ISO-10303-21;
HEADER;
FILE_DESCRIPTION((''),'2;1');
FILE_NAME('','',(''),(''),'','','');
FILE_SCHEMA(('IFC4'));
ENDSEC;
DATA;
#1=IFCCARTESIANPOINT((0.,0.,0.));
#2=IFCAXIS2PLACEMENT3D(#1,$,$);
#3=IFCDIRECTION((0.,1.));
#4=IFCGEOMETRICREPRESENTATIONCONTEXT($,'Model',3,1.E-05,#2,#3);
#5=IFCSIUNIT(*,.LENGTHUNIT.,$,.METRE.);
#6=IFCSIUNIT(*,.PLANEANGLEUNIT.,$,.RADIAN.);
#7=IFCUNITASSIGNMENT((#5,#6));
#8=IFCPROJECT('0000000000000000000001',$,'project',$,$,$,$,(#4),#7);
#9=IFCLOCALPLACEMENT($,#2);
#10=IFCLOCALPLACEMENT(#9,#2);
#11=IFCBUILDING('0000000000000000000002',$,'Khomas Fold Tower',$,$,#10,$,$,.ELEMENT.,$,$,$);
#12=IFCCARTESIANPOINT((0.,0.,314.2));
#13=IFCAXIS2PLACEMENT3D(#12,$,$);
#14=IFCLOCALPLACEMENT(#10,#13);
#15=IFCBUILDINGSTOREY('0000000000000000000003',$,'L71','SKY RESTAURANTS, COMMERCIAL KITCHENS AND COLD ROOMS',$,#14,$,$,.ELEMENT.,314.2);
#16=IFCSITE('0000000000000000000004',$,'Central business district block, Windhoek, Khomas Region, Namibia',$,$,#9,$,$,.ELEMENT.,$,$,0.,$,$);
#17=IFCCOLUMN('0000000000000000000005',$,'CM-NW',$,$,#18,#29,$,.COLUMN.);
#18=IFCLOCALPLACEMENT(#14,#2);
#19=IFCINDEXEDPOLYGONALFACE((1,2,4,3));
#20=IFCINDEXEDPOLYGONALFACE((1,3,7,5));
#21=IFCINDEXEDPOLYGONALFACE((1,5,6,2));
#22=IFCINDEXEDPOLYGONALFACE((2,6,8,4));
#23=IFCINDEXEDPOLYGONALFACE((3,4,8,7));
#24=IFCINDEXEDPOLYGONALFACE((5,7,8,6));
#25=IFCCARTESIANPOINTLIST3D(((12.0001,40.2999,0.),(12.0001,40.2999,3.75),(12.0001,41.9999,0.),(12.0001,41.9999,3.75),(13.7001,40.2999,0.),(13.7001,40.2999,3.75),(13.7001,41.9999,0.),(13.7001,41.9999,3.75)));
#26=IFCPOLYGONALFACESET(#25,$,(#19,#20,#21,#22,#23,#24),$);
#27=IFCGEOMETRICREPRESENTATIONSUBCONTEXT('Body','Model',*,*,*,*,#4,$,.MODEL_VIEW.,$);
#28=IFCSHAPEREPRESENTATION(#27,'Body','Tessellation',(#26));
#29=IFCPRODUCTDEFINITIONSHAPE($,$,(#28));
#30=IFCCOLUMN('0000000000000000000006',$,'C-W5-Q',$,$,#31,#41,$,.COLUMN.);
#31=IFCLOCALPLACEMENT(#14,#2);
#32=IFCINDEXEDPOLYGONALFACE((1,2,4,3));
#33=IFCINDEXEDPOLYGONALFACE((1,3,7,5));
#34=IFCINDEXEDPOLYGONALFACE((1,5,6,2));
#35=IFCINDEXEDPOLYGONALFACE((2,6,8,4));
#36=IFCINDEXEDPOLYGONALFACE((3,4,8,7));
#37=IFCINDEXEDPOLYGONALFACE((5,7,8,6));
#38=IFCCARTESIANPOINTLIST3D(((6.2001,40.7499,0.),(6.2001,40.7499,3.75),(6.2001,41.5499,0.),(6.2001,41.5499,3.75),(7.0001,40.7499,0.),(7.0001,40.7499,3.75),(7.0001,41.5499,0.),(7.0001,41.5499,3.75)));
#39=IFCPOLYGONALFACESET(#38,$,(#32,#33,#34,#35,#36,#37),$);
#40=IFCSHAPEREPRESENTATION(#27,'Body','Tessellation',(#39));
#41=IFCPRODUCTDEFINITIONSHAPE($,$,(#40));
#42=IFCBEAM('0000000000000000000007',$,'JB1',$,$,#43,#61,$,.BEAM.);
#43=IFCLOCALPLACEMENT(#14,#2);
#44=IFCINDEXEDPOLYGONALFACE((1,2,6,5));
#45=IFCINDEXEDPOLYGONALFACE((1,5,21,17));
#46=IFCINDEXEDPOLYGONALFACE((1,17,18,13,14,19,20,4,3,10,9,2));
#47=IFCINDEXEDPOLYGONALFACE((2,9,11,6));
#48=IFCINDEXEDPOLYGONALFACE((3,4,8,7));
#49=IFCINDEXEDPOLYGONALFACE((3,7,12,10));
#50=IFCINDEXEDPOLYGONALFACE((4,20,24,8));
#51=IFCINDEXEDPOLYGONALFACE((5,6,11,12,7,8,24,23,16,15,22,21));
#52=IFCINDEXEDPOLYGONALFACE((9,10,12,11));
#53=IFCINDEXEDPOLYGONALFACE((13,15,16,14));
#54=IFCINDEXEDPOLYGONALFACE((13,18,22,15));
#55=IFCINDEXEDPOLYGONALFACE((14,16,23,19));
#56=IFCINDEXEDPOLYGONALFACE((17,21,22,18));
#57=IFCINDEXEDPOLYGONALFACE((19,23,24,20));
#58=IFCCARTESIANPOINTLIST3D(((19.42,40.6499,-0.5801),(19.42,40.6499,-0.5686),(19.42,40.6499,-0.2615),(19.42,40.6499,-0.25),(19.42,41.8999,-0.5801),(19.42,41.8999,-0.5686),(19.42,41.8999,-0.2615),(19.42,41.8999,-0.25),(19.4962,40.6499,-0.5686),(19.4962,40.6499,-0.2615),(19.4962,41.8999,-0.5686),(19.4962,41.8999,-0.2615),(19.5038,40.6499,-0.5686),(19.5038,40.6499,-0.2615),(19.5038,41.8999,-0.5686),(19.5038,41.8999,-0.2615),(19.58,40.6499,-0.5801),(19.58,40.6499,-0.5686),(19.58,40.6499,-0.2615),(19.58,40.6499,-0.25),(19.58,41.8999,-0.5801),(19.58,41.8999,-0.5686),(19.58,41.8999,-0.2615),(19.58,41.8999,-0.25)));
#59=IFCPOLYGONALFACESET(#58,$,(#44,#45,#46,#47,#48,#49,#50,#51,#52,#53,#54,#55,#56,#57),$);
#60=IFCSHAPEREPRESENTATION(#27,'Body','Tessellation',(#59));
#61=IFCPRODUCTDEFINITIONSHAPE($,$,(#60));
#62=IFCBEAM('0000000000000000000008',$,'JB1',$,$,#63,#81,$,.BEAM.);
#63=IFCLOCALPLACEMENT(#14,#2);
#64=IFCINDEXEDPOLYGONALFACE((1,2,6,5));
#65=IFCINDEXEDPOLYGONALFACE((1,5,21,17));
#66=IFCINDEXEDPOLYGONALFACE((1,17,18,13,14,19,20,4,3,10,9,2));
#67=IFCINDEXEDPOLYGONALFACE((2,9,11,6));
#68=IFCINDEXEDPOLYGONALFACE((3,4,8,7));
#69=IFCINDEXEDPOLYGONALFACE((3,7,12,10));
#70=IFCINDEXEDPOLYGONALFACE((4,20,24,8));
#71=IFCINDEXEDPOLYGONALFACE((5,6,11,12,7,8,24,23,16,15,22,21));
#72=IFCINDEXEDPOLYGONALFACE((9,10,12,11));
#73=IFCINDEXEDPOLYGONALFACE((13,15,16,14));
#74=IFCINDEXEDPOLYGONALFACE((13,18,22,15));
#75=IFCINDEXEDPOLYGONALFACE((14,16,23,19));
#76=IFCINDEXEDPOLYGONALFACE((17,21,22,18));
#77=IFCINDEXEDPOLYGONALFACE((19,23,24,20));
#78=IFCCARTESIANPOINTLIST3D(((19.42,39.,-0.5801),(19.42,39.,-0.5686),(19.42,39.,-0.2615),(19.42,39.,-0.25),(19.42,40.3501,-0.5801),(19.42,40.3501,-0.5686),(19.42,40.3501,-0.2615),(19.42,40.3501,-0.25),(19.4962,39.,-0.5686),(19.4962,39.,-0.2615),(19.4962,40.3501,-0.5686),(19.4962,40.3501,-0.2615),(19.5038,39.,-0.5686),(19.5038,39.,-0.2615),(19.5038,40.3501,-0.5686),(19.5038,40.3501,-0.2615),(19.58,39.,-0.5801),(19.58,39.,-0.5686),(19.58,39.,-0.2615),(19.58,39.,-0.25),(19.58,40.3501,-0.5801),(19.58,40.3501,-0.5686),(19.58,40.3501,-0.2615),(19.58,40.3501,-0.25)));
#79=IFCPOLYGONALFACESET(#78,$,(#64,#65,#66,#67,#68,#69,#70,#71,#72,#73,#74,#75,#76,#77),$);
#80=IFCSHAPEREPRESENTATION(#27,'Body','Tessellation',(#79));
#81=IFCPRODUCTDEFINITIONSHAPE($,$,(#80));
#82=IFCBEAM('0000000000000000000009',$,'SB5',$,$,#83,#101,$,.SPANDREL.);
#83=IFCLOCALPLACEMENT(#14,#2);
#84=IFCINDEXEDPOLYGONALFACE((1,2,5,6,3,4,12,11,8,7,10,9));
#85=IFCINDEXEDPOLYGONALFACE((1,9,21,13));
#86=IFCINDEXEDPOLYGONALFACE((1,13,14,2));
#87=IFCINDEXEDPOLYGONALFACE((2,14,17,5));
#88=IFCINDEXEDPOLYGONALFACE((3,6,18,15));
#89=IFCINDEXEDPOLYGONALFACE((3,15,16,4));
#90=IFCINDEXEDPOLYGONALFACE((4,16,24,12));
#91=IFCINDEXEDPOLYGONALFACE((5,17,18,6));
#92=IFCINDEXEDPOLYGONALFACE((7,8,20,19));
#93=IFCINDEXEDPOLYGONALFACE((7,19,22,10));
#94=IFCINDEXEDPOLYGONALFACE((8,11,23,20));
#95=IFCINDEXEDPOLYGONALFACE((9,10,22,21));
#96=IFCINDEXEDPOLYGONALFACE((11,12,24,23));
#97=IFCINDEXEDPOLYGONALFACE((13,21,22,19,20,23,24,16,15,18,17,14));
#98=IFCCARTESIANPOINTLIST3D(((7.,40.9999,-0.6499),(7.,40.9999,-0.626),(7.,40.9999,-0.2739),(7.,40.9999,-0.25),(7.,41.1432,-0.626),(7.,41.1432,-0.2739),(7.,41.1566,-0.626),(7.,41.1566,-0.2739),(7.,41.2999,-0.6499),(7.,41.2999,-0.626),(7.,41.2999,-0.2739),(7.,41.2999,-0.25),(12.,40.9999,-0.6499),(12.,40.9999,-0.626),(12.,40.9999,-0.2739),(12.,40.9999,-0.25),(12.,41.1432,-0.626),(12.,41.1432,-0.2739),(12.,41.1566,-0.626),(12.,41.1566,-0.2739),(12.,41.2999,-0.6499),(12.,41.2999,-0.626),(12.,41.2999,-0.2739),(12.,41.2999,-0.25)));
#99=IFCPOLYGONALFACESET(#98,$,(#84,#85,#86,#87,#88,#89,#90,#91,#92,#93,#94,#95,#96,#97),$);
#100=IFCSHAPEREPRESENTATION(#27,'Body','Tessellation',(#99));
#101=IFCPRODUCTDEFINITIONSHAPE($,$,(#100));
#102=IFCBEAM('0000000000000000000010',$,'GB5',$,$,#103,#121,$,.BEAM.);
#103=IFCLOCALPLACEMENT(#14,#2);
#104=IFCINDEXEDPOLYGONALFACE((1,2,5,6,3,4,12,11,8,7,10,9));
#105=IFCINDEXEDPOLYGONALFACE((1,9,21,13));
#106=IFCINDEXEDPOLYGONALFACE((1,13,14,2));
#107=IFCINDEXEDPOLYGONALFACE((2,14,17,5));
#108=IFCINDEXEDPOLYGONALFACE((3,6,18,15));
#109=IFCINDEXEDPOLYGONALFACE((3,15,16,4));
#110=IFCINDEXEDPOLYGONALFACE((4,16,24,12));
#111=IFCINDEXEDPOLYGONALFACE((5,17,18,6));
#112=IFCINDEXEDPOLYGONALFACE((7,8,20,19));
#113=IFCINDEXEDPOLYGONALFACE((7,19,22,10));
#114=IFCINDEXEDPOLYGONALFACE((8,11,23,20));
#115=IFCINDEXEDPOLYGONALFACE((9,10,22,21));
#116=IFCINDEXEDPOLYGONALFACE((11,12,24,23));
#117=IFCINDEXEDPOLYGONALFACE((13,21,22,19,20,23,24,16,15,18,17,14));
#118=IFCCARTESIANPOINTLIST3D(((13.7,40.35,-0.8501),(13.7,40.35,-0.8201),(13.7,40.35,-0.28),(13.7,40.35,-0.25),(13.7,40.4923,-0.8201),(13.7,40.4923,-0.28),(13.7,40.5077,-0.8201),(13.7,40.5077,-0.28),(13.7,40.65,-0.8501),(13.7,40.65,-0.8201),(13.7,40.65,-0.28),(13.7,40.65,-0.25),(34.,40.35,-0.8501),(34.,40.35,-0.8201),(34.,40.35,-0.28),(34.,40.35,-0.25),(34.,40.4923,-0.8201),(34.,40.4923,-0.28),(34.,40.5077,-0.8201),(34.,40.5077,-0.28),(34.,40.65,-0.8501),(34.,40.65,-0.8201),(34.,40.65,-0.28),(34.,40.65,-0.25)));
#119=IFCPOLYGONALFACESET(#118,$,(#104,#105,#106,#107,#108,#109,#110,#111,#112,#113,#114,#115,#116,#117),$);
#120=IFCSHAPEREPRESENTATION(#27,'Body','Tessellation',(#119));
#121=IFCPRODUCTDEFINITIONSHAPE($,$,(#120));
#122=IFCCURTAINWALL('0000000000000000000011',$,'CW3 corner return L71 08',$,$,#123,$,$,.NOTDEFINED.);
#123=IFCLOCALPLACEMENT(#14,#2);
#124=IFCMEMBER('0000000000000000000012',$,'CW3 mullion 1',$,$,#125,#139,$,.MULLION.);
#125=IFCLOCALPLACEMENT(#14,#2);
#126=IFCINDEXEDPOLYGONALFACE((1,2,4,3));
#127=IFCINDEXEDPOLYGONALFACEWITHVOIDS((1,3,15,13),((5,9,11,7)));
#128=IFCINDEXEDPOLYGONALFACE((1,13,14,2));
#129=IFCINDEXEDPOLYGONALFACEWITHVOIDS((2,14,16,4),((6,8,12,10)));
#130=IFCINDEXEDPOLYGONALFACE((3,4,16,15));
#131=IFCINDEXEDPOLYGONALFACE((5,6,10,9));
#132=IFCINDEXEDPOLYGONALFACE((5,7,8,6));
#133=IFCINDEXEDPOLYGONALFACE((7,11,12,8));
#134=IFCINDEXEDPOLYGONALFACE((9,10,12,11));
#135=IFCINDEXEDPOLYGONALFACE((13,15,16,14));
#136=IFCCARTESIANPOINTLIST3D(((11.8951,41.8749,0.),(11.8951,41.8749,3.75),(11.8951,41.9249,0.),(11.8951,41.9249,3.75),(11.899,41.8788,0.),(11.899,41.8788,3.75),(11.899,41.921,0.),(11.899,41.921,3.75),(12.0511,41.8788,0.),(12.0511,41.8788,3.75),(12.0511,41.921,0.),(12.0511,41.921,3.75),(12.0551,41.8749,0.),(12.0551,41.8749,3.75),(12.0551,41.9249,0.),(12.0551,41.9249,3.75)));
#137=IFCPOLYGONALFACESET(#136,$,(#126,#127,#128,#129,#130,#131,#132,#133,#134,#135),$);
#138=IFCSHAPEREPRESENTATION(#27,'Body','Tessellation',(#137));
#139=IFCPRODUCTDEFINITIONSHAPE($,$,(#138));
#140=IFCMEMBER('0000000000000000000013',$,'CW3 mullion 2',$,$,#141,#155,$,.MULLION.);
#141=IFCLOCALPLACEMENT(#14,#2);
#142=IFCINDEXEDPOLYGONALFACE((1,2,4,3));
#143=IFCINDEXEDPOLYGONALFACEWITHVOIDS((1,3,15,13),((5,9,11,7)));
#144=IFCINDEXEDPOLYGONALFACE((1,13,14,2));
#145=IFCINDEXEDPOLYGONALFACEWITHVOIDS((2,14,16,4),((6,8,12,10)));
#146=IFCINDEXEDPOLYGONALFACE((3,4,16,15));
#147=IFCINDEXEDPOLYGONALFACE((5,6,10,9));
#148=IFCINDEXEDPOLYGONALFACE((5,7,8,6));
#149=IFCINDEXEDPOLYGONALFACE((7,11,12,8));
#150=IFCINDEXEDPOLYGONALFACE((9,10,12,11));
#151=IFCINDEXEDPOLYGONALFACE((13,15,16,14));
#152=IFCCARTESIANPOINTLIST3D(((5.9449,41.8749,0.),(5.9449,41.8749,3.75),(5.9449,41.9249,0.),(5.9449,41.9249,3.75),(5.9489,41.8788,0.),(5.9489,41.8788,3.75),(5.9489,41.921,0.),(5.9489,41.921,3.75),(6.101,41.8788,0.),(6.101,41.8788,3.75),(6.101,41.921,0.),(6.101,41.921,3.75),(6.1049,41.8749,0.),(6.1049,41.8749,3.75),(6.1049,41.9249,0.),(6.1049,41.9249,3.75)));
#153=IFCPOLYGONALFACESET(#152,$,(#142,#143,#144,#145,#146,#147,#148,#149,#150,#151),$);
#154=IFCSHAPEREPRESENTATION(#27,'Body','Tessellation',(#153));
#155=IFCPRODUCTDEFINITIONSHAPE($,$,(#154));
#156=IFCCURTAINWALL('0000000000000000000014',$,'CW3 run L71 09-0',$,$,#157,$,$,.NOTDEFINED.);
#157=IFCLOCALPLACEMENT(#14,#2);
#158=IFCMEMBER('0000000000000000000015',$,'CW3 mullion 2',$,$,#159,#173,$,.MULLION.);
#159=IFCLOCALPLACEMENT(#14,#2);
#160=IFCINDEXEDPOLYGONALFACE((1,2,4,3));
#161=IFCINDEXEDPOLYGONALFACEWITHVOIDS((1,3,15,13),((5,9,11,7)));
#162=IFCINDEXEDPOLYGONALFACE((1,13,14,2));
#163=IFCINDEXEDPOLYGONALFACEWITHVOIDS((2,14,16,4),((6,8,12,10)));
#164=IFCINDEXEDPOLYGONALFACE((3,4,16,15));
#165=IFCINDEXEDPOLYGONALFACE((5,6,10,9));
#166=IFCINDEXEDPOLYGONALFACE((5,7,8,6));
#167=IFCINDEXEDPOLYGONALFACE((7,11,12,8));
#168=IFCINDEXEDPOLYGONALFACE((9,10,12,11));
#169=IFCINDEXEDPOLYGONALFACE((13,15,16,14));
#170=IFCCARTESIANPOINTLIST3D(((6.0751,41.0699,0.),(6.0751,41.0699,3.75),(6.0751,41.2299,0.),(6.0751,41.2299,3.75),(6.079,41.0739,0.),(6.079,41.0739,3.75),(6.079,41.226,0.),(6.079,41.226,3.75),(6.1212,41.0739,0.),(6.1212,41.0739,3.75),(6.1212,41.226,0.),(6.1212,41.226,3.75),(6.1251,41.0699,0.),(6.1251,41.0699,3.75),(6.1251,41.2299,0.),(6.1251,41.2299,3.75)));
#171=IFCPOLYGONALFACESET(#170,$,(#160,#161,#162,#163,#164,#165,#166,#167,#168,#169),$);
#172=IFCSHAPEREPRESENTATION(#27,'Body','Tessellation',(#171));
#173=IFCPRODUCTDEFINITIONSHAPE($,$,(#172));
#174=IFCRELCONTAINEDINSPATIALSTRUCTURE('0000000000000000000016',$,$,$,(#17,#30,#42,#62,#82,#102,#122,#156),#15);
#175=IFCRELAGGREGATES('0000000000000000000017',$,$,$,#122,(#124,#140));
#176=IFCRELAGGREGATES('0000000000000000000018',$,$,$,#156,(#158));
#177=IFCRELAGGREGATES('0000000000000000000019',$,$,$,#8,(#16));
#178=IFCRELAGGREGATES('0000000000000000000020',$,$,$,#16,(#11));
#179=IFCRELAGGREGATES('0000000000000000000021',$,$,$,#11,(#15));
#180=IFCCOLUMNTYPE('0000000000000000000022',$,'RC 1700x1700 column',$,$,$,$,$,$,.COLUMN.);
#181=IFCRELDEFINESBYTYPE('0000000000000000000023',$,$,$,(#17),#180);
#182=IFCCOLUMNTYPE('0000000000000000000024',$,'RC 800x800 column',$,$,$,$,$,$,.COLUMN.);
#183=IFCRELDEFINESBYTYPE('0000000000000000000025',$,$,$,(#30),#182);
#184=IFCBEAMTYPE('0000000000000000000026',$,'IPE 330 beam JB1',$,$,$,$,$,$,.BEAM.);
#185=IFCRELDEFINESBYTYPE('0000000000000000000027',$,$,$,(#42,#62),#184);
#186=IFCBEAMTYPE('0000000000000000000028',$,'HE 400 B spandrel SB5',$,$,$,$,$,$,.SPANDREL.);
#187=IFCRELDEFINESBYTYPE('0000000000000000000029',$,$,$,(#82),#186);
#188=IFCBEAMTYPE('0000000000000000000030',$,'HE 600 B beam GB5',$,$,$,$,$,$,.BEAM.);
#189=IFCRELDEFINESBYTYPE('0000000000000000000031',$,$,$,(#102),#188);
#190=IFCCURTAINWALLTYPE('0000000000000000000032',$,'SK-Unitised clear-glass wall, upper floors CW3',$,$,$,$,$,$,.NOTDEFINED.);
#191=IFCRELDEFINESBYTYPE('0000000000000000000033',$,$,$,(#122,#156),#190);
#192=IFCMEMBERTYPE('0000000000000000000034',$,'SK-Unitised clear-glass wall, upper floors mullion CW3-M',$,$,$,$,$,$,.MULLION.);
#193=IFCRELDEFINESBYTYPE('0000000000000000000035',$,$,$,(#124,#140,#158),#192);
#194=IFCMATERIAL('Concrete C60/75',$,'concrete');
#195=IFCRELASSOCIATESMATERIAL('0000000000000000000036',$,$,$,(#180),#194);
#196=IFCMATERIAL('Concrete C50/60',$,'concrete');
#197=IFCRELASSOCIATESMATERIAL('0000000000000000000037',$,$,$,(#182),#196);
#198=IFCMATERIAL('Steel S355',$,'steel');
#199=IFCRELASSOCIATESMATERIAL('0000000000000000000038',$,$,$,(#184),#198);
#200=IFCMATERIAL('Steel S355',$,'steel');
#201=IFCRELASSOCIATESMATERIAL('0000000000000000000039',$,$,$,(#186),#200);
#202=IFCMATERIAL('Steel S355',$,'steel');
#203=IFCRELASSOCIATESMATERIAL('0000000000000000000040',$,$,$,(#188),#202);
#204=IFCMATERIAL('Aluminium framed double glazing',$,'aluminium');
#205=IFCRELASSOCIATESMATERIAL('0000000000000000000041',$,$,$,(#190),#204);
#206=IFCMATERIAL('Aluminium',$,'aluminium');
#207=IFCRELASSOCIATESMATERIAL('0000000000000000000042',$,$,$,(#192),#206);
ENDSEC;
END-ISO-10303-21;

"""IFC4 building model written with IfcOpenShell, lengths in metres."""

from ifc_helpers import new_model, si_unit, direction, frame, origin, origin_2d, place, context, subcontext, project, spatial, rectangle, hollow_rectangle, i_section, extrude, source, transform, mapped, material, material_profile, profile_set, type_object, element, aggregate, save


model = new_model("IFC4")

# Units and contexts
model_context = context("Model", 3, precision=1e-05, world=origin(), true_north=direction((0.0, 1.0)))
body_context = subcontext(model_context, "Body", "Model", "MODEL_VIEW")
ifc_project = project(units=[si_unit("LENGTHUNIT", "METRE"), si_unit("PLANEANGLEUNIT", "RADIAN")], contexts=[model_context])

# Site, building, storey
site_placement = place(None, origin())
site = spatial("IfcSite", under=ifc_project, at=site_placement, Name="Central business district block, Windhoek, Khomas Region, Namibia", CompositionType="ELEMENT", RefElevation=0.0)
building_placement = place(site_placement, origin())
building = spatial("IfcBuilding", under=site, at=building_placement, Name="Khomas Fold Tower", CompositionType="ELEMENT")
storey_placement = place(building_placement, frame((0.0, 0.0, 314.2)))
storey = spatial("IfcBuildingStorey", under=building, at=storey_placement, Name="L71", Description="SKY RESTAURANTS, COMMERCIAL KITCHENS AND COLD ROOMS", CompositionType="ELEMENT", Elevation=314.2)

# Columns
ifc_material_1 = material(Name="Concrete C60/75", Category="concrete")
ifc_material_profile_1 = material_profile(ifc_material_1, rectangle(XDim=1.7, YDim=1.7, at=origin_2d()), Name="RC 1700x1700")
ifc_profile_set_1 = profile_set([ifc_material_profile_1], Name="Concrete C60/75")
column_type_1 = type_object("IfcColumnType", Name="RC 1700x1700 column", PredefinedType="COLUMN", material=ifc_profile_set_1)
shared_shape_1 = source(origin(), body_context, "Body", "SweptSolid", [
    extrude(rectangle(XDim=1.7, YDim=1.7, at=origin_2d()), origin(), (0.0, 0.0, 1.0), 3.75),
])
column_1_placement = place(storey_placement, frame((12.8501, 41.1499, 0.0), z_axis=(0.0, 0.0, 1.0), x_axis=(1.0, 0.0, 0.0)))
element("IfcColumn", 1, at=column_1_placement, inside=storey, type_object=column_type_1, Name="CM-NW", PredefinedType="COLUMN", context=body_context, shape_type="MappedRepresentation", body=[
    mapped(shared_shape_1, transform((0.0, 0.0, 0.0))),
])
ifc_material_2 = material(Name="Concrete C50/60", Category="concrete")
ifc_material_profile_2 = material_profile(ifc_material_2, rectangle(XDim=0.8, YDim=0.8, at=origin_2d()), Name="RC 800x800")
ifc_profile_set_2 = profile_set([ifc_material_profile_2], Name="Concrete C50/60")
column_type_2 = type_object("IfcColumnType", Name="RC 800x800 column", PredefinedType="COLUMN", material=ifc_profile_set_2)
shared_shape_2 = source(origin(), body_context, "Body", "SweptSolid", [
    extrude(rectangle(XDim=0.8, YDim=0.8, at=origin_2d()), origin(), (0.0, 0.0, 1.0), 3.75),
])
column_2_placement = place(storey_placement, frame((6.6001, 41.1499, 0.0), z_axis=(0.0, 0.0, 1.0), x_axis=(1.0, 0.0, 0.0)))
element("IfcColumn", 2, at=column_2_placement, inside=storey, type_object=column_type_2, Name="C-W5-Q", PredefinedType="COLUMN", context=body_context, shape_type="MappedRepresentation", body=[
    mapped(shared_shape_2, transform((0.0, 0.0, 0.0))),
])

# Beams
ifc_material_3 = material(Name="Steel S355", Category="steel")
ifc_material_profile_3 = material_profile(ifc_material_3, i_section(OverallWidth=0.1599, OverallDepth=0.3301, WebThickness=0.0076, FlangeThickness=0.0115, at=origin_2d()), Name="IPE 330")
ifc_profile_set_3 = profile_set([ifc_material_profile_3], Name="Steel S355")
beam_type_1 = type_object("IfcBeamType", Name="IPE 330 beam JB1", PredefinedType="BEAM", material=ifc_profile_set_3)
shared_shape_3 = source(origin(), body_context, "Body", "SweptSolid", [
    extrude(i_section(OverallWidth=0.1599, OverallDepth=0.3301, WebThickness=0.0076, FlangeThickness=0.0115, at=origin_2d()), origin(), (0.0, 0.0, 1.0), 1.25),
])
beam_1_placement = place(storey_placement, frame((19.5, 40.6499, -0.415), z_axis=(0.0, 1.0, 0.0), x_axis=(-1.0, 0.0, 0.0)))
element("IfcBeam", 3, at=beam_1_placement, inside=storey, type_object=beam_type_1, Name="JB1", PredefinedType="BEAM", context=body_context, shape_type="MappedRepresentation", body=[
    mapped(shared_shape_3, transform((0.0, 0.0, 0.0))),
])
shared_shape_4 = source(origin(), body_context, "Body", "SweptSolid", [
    extrude(i_section(OverallWidth=0.1599, OverallDepth=0.3301, WebThickness=0.0076, FlangeThickness=0.0115, at=origin_2d()), origin(), (0.0, 0.0, 1.0), 1.3501),
])
beam_2_placement = place(storey_placement, frame((19.5, 39.0, -0.415), z_axis=(0.0, 1.0, 0.0), x_axis=(-1.0, 0.0, 0.0)))
element("IfcBeam", 4, at=beam_2_placement, inside=storey, type_object=beam_type_1, Name="JB1", PredefinedType="BEAM", context=body_context, shape_type="MappedRepresentation", body=[
    mapped(shared_shape_4, transform((0.0, 0.0, 0.0))),
])
ifc_material_4 = material(Name="Steel S355", Category="steel")
ifc_material_profile_4 = material_profile(ifc_material_4, i_section(OverallWidth=0.3, OverallDepth=0.3999, WebThickness=0.0134, FlangeThickness=0.0239, at=origin_2d()), Name="HE 400 B")
ifc_profile_set_4 = profile_set([ifc_material_profile_4], Name="Steel S355")
beam_type_2 = type_object("IfcBeamType", Name="HE 400 B spandrel SB5", PredefinedType="SPANDREL", material=ifc_profile_set_4)
shared_shape_5 = source(origin(), body_context, "Body", "SweptSolid", [
    extrude(i_section(OverallWidth=0.3, OverallDepth=0.3999, WebThickness=0.0134, FlangeThickness=0.0239, at=origin_2d()), origin(), (0.0, 0.0, 1.0), 5.0),
])
beam_3_placement = place(storey_placement, frame((7.0, 41.1499, -0.45), z_axis=(1.0, 0.0, 0.0), x_axis=(0.0, 1.0, 0.0)))
element("IfcBeam", 5, at=beam_3_placement, inside=storey, type_object=beam_type_2, Name="SB5", PredefinedType="SPANDREL", context=body_context, shape_type="MappedRepresentation", body=[
    mapped(shared_shape_5, transform((0.0, 0.0, 0.0))),
])
ifc_material_5 = material(Name="Steel S355", Category="steel")
ifc_material_profile_5 = material_profile(ifc_material_5, i_section(OverallWidth=0.3, OverallDepth=0.6001, WebThickness=0.0154, FlangeThickness=0.03, at=origin_2d()), Name="HE 600 B")
ifc_profile_set_5 = profile_set([ifc_material_profile_5], Name="Steel S355")
beam_type_3 = type_object("IfcBeamType", Name="HE 600 B beam GB5", PredefinedType="BEAM", material=ifc_profile_set_5)
shared_shape_6 = source(origin(), body_context, "Body", "SweptSolid", [
    extrude(i_section(OverallWidth=0.3, OverallDepth=0.6001, WebThickness=0.0154, FlangeThickness=0.03, at=origin_2d()), origin(), (0.0, 0.0, 1.0), 20.3),
])
beam_4_placement = place(storey_placement, frame((13.7, 40.5, -0.55), z_axis=(1.0, 0.0, 0.0), x_axis=(0.0, 1.0, 0.0)))
element("IfcBeam", 6, at=beam_4_placement, inside=storey, type_object=beam_type_3, Name="GB5", PredefinedType="BEAM", context=body_context, shape_type="MappedRepresentation", body=[
    mapped(shared_shape_6, transform((0.0, 0.0, 0.0))),
])

# Curtain walls, members
ifc_material_6 = material(Name="Aluminium framed double glazing", Category="aluminium")
curtain_wall_type = type_object("IfcCurtainWallType", Name="SK-Unitised clear-glass wall, upper floors CW3", PredefinedType="NOTDEFINED", material=ifc_material_6)
curtain_wall_1_placement = place(storey_placement, origin())
curtain_wall_1 = element("IfcCurtainWall", 7, at=curtain_wall_1_placement, inside=storey, type_object=curtain_wall_type, Name="CW3 corner return L71 08", PredefinedType="NOTDEFINED")
ifc_material_7 = material(Name="Aluminium", Category="aluminium")
ifc_material_profile_6 = material_profile(ifc_material_7, hollow_rectangle(XDim=0.05, YDim=0.1599, WallThickness=0.0039, at=origin_2d()), Name="SK-Unitised clear-glass wall, upper floors mullion CW3-M")
ifc_profile_set_6 = profile_set([ifc_material_profile_6], Name="Aluminium")
member_type_1 = type_object("IfcMemberType", Name="SK-Unitised clear-glass wall, upper floors mullion CW3-M", PredefinedType="MULLION", material=ifc_profile_set_6)
shared_shape_7 = source(origin(), body_context, "Body", "SweptSolid", [
    extrude(hollow_rectangle(XDim=0.05, YDim=0.1599, WallThickness=0.0039, at=origin_2d()), origin(), (0.0, 0.0, 1.0), 3.75),
])
member_1_placement = place(storey_placement, frame((11.9751, 41.8999, 0.0), z_axis=(0.0, 0.0, 1.0), x_axis=(0.0, -1.0, 0.0)))
member_1 = element("IfcMember", 8, at=member_1_placement, type_object=member_type_1, Name="CW3 mullion 1", PredefinedType="MULLION", context=body_context, shape_type="MappedRepresentation", body=[
    mapped(shared_shape_7, transform((0.0, 0.0, 0.0))),
])
member_2_placement = place(storey_placement, frame((6.0249, 41.8999, 0.0), z_axis=(0.0, 0.0, 1.0), x_axis=(0.0, -1.0, 0.0)))
member_2 = element("IfcMember", 9, at=member_2_placement, type_object=member_type_1, Name="CW3 mullion 2", PredefinedType="MULLION", context=body_context, shape_type="MappedRepresentation", body=[
    mapped(shared_shape_7, transform((0.0, 0.0, 0.0))),
])
curtain_wall_2_placement = place(storey_placement, origin())
curtain_wall_2 = element("IfcCurtainWall", 10, at=curtain_wall_2_placement, inside=storey, type_object=curtain_wall_type, Name="CW3 run L71 09-0", PredefinedType="NOTDEFINED")
member_3_placement = place(storey_placement, frame((6.1001, 41.1499, 0.0), z_axis=(0.0, 0.0, 1.0), x_axis=(1.0, 0.0, 0.0)))
member_3 = element("IfcMember", 11, at=member_3_placement, type_object=member_type_1, Name="CW3 mullion 2", PredefinedType="MULLION", context=body_context, shape_type="MappedRepresentation", body=[
    mapped(shared_shape_7, transform((0.0, 0.0, 0.0))),
])

aggregate(curtain_wall_1, [member_1, member_2])
aggregate(curtain_wall_2, [member_3])

save(model, "model.ifc")
